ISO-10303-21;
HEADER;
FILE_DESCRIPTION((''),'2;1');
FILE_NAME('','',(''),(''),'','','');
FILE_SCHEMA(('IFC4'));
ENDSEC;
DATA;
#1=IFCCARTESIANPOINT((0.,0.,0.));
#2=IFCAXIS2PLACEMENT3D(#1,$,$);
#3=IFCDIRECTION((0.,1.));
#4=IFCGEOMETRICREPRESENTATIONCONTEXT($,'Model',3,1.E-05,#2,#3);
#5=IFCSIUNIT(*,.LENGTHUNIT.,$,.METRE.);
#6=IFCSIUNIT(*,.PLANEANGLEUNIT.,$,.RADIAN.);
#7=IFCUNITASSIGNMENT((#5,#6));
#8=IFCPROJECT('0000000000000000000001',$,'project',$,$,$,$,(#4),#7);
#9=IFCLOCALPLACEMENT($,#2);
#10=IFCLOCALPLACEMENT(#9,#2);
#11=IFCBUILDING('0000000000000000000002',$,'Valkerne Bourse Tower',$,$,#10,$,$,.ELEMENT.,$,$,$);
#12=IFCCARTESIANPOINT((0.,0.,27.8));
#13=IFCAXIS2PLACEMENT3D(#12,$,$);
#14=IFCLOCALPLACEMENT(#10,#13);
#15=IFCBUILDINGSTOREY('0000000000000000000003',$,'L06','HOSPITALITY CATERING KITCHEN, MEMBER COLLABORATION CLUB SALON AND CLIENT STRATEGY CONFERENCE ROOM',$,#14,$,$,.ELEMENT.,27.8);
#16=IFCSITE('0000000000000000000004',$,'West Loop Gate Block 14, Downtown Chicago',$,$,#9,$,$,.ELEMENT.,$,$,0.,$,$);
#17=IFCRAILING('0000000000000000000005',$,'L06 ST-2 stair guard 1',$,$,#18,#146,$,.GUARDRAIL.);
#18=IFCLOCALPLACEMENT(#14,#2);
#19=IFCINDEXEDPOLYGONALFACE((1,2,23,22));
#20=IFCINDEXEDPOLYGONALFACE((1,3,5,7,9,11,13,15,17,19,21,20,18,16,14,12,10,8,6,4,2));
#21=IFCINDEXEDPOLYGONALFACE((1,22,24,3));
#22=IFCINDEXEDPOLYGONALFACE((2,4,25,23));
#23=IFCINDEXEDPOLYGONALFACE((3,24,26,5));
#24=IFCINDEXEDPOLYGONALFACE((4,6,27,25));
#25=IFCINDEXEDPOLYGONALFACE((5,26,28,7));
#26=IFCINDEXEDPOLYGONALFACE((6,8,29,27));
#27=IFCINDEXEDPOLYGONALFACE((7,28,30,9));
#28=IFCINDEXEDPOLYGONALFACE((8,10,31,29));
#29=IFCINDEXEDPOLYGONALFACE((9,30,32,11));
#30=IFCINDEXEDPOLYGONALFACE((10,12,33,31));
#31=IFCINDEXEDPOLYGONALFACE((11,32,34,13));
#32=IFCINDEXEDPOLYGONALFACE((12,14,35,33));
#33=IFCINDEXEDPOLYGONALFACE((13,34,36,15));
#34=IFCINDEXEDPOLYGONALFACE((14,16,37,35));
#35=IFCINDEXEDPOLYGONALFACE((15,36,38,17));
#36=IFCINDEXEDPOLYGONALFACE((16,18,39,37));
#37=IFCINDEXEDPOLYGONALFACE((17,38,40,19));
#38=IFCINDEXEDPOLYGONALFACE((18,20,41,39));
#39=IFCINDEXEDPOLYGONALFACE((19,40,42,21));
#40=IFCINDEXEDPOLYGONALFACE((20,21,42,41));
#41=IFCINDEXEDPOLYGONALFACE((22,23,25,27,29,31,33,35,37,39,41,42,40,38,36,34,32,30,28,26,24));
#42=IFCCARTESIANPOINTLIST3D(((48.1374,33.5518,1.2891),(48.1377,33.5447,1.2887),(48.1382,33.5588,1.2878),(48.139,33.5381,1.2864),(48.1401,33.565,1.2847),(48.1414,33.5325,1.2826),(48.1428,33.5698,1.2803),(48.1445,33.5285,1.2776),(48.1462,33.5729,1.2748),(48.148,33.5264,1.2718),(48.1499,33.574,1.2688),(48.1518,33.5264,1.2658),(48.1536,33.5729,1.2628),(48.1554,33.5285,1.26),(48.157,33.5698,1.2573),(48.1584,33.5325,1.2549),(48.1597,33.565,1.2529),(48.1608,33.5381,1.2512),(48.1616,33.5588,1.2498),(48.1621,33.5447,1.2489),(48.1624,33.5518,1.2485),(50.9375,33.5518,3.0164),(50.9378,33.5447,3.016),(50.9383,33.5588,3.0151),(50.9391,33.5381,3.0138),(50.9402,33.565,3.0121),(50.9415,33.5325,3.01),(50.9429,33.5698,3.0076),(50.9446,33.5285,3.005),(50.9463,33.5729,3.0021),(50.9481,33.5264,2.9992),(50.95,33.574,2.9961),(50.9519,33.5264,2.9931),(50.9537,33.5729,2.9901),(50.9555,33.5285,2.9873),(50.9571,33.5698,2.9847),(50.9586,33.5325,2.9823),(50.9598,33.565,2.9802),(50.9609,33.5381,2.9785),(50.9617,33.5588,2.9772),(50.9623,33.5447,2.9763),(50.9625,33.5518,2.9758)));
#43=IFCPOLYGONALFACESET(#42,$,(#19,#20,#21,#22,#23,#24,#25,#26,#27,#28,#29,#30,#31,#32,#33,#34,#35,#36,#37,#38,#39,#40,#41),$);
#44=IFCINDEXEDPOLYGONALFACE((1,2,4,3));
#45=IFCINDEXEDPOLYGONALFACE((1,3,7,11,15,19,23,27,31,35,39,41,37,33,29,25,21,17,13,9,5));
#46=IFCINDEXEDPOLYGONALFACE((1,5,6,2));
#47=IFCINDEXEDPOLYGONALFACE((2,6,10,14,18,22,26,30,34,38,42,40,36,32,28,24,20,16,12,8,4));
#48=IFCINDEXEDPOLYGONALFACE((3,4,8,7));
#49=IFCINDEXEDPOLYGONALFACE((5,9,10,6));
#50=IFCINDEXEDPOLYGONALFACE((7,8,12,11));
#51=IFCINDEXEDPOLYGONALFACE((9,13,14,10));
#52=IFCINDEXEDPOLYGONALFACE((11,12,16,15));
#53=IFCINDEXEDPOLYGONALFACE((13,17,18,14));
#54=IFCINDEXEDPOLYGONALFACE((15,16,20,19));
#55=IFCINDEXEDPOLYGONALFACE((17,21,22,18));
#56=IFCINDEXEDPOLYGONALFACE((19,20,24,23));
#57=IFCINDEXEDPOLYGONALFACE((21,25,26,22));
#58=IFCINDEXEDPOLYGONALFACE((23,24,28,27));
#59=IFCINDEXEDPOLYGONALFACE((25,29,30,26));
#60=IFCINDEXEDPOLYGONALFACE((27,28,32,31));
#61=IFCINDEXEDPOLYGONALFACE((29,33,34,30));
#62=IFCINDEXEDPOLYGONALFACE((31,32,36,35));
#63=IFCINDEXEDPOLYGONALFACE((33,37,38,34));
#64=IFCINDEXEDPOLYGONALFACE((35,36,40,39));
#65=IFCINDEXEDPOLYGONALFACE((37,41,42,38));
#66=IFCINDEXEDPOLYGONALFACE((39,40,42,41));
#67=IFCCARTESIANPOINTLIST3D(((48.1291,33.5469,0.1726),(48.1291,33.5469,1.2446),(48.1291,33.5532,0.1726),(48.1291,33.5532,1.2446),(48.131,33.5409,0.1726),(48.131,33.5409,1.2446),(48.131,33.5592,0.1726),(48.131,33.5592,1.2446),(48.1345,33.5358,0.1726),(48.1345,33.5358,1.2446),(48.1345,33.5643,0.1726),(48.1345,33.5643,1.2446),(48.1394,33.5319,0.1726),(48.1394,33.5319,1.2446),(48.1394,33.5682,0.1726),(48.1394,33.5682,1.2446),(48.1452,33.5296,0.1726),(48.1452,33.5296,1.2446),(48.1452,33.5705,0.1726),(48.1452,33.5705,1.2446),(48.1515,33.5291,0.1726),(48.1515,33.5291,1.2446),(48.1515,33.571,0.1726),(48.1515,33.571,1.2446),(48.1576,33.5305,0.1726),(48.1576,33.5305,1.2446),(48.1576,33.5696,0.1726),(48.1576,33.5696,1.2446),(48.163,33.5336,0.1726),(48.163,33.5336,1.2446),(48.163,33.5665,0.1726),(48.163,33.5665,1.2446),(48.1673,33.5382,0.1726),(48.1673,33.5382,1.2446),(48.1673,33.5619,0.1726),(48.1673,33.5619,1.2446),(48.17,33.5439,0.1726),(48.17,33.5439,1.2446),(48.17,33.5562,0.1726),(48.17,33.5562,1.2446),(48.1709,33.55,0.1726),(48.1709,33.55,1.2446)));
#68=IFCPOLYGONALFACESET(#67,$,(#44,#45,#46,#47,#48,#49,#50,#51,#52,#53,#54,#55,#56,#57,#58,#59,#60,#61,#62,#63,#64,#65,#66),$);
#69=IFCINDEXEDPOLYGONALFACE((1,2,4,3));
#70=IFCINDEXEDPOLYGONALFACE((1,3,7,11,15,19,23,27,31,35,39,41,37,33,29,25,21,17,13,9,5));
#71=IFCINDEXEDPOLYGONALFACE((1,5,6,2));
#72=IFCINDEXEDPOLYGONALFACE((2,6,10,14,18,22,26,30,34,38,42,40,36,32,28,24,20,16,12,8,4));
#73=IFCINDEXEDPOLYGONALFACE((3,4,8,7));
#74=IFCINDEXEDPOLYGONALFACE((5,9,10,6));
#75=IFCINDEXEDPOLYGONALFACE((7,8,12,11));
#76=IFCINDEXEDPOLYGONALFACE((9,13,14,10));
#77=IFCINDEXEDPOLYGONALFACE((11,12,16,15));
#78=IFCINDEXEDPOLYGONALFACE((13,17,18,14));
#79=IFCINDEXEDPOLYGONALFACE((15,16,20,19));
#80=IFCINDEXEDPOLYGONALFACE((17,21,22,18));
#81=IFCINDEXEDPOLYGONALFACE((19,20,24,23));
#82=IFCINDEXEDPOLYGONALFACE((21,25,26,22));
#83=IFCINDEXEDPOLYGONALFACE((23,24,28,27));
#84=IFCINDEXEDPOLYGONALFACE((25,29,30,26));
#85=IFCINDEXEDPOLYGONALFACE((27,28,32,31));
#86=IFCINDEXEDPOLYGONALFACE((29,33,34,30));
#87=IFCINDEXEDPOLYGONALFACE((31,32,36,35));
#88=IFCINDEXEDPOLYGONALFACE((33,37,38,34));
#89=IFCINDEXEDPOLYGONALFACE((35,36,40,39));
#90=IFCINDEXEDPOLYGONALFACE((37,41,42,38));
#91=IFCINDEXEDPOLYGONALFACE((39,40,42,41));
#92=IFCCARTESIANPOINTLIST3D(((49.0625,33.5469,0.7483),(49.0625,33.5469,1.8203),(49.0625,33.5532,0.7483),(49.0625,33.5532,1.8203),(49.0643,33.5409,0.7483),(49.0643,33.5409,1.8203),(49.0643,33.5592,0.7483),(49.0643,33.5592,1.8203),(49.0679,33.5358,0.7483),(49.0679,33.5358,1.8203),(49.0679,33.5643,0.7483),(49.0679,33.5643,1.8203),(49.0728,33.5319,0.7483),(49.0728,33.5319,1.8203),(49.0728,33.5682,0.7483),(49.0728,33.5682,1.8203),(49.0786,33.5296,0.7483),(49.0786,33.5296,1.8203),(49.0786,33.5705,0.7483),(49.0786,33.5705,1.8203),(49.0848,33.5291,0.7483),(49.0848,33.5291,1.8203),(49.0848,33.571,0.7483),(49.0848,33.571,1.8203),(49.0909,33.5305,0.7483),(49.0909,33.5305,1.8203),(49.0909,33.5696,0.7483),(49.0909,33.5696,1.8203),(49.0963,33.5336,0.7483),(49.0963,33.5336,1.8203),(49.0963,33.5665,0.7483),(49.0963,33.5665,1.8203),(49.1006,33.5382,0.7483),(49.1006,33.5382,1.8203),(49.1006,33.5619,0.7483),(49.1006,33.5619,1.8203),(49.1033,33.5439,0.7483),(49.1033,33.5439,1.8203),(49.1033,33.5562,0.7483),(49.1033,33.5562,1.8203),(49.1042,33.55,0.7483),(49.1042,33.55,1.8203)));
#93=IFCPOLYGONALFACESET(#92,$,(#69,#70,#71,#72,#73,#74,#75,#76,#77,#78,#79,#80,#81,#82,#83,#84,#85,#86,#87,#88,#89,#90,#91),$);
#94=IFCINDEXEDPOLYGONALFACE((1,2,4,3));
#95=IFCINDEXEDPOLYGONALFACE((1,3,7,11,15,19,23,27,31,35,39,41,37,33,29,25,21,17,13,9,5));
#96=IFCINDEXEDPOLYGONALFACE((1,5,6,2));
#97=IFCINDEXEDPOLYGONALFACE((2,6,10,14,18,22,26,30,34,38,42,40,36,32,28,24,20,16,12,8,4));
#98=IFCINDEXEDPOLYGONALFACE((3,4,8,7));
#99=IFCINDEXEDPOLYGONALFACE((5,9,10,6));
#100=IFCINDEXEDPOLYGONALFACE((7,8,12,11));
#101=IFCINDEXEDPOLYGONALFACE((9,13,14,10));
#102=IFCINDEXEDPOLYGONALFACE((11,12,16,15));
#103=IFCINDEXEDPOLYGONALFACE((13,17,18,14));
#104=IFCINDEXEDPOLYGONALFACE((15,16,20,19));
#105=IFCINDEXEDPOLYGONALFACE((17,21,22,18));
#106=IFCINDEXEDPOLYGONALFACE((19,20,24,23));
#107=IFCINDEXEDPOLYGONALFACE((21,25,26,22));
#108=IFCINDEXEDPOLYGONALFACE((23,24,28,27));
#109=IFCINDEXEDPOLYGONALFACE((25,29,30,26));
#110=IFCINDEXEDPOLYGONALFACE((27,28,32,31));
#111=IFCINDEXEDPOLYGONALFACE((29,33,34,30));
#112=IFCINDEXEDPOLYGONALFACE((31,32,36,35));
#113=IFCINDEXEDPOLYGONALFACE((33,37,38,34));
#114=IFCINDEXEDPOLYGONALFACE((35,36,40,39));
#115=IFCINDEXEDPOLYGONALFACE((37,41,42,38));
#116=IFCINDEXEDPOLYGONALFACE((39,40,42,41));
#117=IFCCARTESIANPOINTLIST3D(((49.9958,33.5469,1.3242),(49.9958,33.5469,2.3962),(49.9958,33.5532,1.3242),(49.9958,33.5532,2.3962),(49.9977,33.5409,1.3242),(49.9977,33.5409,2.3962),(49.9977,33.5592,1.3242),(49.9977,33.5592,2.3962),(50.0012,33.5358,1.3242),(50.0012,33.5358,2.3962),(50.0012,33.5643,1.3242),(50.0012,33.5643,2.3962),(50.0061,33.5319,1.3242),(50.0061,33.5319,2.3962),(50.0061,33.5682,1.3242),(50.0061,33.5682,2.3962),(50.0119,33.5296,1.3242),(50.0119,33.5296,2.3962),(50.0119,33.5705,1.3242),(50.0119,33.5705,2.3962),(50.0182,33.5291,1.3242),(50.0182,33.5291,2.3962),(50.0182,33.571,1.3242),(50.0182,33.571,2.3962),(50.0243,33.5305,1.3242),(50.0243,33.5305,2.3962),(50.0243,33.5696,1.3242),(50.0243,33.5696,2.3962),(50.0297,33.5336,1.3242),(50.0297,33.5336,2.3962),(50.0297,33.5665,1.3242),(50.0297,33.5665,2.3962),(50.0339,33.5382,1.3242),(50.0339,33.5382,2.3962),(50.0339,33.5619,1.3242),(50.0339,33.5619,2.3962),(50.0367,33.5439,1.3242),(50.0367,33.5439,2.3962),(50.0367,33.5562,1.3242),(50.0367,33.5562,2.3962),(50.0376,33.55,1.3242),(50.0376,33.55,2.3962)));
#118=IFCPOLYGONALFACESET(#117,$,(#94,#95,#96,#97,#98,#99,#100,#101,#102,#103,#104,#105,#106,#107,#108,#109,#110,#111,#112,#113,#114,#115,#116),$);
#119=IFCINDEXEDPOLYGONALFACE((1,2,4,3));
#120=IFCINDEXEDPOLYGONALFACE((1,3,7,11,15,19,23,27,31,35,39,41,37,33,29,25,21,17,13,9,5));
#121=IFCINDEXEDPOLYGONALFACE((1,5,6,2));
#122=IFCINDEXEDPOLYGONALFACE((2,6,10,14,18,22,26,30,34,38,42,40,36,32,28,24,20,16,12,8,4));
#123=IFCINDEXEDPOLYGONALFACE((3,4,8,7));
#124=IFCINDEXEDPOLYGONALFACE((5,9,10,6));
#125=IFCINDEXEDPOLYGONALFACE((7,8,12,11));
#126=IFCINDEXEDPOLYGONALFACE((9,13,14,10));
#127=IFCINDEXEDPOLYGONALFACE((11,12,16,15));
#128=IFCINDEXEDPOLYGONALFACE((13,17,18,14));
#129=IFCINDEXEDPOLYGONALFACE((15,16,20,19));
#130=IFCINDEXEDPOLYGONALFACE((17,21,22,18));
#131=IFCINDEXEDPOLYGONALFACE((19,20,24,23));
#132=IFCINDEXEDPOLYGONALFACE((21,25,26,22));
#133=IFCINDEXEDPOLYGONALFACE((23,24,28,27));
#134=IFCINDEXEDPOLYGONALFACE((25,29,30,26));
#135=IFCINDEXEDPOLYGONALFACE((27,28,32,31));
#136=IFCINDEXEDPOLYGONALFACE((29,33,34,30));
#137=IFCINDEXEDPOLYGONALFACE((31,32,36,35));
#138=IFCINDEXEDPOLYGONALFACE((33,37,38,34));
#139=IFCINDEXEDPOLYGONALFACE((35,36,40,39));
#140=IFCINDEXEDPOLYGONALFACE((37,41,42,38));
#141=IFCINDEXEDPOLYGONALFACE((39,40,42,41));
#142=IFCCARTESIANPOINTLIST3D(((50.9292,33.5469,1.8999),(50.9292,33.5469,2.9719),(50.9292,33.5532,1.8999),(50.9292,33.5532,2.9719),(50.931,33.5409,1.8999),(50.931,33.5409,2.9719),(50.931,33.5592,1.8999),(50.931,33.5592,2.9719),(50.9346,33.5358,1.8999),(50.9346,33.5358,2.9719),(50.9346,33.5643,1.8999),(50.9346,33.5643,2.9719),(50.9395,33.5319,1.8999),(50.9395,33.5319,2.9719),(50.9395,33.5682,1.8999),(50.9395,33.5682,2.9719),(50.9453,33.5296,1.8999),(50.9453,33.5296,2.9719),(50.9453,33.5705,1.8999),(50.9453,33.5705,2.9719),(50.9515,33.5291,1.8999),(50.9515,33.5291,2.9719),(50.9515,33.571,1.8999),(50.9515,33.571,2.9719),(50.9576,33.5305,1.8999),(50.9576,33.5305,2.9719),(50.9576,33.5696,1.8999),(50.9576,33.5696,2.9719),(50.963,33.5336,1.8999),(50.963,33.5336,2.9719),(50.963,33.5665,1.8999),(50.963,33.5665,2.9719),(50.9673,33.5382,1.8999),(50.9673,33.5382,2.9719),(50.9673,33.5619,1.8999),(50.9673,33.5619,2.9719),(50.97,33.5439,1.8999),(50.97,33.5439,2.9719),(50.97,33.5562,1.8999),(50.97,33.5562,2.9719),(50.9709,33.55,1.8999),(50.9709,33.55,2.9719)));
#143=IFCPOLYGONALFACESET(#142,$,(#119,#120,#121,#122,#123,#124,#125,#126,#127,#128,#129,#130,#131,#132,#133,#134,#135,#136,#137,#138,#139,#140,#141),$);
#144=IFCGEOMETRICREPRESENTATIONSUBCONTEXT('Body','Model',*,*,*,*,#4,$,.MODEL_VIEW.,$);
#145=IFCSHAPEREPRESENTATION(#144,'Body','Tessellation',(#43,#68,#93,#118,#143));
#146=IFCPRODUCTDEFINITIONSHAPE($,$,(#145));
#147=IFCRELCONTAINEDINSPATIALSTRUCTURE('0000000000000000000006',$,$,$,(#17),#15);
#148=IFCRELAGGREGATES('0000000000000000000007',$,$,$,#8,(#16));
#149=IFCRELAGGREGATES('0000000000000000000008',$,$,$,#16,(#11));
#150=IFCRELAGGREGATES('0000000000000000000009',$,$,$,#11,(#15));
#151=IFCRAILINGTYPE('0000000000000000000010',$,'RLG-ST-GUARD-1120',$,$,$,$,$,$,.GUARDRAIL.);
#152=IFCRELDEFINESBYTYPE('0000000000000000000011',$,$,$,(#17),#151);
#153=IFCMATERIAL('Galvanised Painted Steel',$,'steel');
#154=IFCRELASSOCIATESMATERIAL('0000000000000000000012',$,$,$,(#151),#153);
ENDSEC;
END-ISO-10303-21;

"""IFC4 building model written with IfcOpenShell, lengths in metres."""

from ifc_helpers import new_model, si_unit, direction, frame, origin, origin_2d, place, context, subcontext, project, spatial, circle, extrude, material, type_object, element, save


model = new_model("IFC4")

# Units and contexts
model_context = context("Model", 3, precision=1e-05, world=origin(), true_north=direction((0.0, 1.0)))
body_context = subcontext(model_context, "Body", "Model", "MODEL_VIEW")
ifc_project = project(units=[si_unit("LENGTHUNIT", "METRE"), si_unit("PLANEANGLEUNIT", "RADIAN")], contexts=[model_context])

# Site, building, storey
site_placement = place(None, origin())
site = spatial("IfcSite", under=ifc_project, at=site_placement, Name="West Loop Gate Block 14, Downtown Chicago", CompositionType="ELEMENT", RefElevation=0.0)
building_placement = place(site_placement, origin())
building = spatial("IfcBuilding", under=site, at=building_placement, Name="Valkerne Bourse Tower", CompositionType="ELEMENT")
storey_placement = place(building_placement, frame((0.0, 0.0, 27.8)))
storey = spatial("IfcBuildingStorey", under=building, at=storey_placement, Name="L06", Description="HOSPITALITY CATERING KITCHEN, MEMBER COLLABORATION CLUB SALON AND CLIENT STRATEGY CONFERENCE ROOM", CompositionType="ELEMENT", Elevation=27.8)

# Shared definitions
ifc_material_1 = material(Name="Galvanised Painted Steel", Category="steel")

# Railing
railing_type_1 = type_object("IfcRailingType", Name="RLG-ST-GUARD-1120", PredefinedType="GUARDRAIL", material=ifc_material_1)
railing_1_placement = place(storey_placement, frame((48.1499, 33.55, 0.1726)))
element("IfcRailing", 1, at=railing_1_placement, inside=storey, type_object=railing_type_1, Name="L06 ST-2 stair guard 1", PredefinedType="GUARDRAIL", context=body_context, shape_type="SweptSolid", body=[
    extrude(circle(Radius=0.0239, at=origin_2d()), frame((0.0, 0.0, 1.0962), z_axis=(0.85109, 0.0, 0.52502), x_axis=(0.0, 1.0, 0.0)), (0.0, 0.0, 1.0), 3.29),
    extrude(circle(Radius=0.021, at=origin_2d()), origin(), (0.0, 0.0, 1.0), 1.072),
    extrude(circle(Radius=0.021, at=origin_2d()), frame((0.9333, 0.0, 0.5757)), (0.0, 0.0, 1.0), 1.072),
    extrude(circle(Radius=0.021, at=origin_2d()), frame((1.8667, 0.0, 1.1516)), (0.0, 0.0, 1.0), 1.072),
    extrude(circle(Radius=0.021, at=origin_2d()), frame((2.8, 0.0, 1.7273)), (0.0, 0.0, 1.0), 1.072),
])

save(model, "model.ifc")
